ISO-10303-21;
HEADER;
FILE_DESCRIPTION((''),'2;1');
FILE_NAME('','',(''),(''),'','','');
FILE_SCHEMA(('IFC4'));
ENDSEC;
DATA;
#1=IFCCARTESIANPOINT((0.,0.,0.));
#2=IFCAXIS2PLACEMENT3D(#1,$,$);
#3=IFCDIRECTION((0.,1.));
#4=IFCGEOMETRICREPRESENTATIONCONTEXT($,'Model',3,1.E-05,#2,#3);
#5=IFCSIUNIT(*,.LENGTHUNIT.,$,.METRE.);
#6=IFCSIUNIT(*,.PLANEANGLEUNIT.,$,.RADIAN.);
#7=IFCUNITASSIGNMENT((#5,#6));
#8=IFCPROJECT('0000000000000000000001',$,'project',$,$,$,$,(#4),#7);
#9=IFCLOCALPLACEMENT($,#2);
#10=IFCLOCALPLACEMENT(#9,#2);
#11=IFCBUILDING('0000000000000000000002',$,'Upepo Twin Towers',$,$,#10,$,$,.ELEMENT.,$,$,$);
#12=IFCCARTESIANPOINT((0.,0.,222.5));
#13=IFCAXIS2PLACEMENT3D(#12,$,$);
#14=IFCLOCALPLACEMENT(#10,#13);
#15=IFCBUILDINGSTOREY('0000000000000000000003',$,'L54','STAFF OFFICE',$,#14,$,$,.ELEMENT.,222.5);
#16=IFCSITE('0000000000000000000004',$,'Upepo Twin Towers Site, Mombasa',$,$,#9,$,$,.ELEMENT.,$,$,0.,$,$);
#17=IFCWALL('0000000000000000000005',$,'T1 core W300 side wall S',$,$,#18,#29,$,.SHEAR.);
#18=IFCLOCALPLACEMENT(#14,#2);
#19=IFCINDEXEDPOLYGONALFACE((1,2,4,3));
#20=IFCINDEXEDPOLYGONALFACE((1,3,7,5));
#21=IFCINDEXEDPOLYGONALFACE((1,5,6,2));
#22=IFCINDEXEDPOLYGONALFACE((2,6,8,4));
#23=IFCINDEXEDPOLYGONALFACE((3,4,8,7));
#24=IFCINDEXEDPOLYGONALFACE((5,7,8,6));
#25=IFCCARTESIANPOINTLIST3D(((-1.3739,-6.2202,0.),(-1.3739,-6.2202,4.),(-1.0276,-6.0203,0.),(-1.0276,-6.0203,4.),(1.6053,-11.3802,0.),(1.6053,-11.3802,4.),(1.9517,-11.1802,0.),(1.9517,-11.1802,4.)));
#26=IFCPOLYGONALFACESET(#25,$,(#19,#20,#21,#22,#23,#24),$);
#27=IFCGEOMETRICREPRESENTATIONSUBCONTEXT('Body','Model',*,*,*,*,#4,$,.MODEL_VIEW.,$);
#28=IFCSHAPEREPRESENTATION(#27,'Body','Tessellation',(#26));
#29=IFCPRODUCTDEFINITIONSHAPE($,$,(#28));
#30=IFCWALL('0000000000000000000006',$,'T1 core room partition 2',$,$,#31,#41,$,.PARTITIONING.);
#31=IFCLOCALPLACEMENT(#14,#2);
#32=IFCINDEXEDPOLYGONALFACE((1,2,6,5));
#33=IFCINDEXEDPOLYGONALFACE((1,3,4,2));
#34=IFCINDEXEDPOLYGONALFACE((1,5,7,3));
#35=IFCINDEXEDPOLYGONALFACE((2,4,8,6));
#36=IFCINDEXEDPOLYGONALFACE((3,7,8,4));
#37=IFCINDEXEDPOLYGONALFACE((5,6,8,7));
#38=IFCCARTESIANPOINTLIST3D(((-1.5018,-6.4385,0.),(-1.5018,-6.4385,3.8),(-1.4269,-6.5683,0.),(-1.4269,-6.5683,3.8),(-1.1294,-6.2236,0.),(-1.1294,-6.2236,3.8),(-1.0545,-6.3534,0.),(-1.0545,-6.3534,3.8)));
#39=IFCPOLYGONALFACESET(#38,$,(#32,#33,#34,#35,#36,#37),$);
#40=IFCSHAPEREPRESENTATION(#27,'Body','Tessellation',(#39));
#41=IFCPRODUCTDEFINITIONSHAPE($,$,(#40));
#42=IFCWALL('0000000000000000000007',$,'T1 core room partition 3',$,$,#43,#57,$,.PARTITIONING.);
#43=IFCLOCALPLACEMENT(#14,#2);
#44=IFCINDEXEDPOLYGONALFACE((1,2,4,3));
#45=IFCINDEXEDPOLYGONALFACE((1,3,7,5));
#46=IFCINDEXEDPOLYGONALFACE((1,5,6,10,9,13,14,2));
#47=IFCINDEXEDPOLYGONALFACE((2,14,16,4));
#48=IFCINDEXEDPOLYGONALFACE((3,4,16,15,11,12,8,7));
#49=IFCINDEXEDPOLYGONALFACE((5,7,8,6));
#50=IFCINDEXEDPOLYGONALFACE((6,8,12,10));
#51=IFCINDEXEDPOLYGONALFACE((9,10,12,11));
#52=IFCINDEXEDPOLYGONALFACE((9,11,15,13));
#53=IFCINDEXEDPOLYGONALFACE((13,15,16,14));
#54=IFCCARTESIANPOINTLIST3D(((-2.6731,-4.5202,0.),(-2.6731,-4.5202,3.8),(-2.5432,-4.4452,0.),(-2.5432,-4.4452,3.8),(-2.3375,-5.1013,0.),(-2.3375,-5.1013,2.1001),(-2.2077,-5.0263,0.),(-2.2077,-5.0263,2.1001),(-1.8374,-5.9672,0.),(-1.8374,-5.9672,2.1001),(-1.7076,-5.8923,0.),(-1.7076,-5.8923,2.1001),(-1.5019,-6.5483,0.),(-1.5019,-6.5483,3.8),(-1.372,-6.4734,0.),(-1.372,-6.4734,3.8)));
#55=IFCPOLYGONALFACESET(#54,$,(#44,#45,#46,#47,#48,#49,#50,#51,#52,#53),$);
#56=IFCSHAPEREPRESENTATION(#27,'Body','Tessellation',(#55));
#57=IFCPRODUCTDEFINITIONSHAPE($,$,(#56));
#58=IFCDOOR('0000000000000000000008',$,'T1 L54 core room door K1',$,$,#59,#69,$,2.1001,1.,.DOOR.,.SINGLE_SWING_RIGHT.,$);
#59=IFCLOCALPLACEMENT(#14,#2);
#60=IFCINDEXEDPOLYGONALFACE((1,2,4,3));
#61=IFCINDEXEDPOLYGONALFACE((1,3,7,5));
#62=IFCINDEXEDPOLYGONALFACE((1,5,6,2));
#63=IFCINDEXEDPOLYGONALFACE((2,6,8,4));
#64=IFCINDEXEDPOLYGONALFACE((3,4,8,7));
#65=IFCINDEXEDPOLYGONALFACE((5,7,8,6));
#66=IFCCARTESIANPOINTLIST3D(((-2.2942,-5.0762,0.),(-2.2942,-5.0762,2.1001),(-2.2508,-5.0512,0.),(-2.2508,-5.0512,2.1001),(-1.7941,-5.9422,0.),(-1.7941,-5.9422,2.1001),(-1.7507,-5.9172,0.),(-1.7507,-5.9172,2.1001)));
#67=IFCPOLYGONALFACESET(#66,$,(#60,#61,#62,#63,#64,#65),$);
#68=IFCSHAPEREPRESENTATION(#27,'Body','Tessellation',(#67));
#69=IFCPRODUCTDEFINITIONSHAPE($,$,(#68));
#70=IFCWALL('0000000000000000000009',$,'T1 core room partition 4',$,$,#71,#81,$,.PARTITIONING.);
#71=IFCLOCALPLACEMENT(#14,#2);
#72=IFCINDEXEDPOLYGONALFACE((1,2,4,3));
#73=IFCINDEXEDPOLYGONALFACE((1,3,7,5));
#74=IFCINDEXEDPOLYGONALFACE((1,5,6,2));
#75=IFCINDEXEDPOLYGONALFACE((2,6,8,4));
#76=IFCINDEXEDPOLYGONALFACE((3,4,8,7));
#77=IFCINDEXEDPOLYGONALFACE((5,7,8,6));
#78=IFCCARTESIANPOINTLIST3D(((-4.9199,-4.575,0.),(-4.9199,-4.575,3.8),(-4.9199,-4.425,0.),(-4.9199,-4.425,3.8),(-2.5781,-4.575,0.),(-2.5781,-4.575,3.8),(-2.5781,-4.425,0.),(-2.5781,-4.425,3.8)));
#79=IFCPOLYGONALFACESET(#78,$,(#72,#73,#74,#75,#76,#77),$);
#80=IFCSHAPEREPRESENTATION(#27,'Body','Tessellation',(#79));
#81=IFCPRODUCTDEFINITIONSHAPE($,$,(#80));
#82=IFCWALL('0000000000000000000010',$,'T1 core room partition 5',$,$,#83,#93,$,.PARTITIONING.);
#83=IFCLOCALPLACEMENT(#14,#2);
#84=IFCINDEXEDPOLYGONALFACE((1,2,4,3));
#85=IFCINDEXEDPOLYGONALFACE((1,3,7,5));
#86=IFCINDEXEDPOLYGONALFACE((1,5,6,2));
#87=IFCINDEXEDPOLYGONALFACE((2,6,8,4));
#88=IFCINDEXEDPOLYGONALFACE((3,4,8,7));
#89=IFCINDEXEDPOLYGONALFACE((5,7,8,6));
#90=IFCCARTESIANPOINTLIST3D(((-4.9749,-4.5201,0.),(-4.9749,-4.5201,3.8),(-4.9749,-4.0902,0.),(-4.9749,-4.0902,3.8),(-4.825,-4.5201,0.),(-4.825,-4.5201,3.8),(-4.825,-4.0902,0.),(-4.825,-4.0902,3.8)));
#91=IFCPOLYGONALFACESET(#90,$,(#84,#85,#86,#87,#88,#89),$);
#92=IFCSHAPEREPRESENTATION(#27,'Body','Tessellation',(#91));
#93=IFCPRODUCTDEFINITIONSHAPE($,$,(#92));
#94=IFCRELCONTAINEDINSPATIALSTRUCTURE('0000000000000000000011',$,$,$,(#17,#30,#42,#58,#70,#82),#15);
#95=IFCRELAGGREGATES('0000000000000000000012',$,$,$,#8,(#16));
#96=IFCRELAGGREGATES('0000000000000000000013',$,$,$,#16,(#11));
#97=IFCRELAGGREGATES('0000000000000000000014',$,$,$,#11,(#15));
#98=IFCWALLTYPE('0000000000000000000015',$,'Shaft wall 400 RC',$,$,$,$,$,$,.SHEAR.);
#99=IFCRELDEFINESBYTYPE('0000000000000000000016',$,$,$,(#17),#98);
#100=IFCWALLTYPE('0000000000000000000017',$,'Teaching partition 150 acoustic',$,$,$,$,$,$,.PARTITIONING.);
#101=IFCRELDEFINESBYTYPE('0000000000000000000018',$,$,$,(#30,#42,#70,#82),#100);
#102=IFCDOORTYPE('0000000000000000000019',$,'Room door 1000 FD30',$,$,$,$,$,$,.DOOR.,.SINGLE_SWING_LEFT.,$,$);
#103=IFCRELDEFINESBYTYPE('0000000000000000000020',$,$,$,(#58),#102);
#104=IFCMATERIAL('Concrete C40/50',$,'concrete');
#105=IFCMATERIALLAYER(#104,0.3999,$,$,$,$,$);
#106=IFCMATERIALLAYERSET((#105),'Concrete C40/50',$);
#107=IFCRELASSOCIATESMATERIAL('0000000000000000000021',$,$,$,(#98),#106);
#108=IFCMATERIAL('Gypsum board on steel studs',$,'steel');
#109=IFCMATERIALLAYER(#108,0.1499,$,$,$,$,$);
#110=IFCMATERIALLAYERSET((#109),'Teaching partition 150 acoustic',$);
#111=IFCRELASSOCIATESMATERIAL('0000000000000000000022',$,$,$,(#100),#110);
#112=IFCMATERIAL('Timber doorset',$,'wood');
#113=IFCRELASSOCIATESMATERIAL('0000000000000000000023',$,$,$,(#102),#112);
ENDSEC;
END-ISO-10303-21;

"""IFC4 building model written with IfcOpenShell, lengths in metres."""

from ifc_helpers import new_model, si_unit, direction, frame, frame_2d, origin, place, context, subcontext, project, spatial, rectangle, extrude, material, layer, layer_set, type_object, element, fill, save


model = new_model("IFC4")

# Units and contexts
model_context = context("Model", 3, precision=1e-05, world=origin(), true_north=direction((0.0, 1.0)))
body_context = subcontext(model_context, "Body", "Model", "MODEL_VIEW")
ifc_project = project(units=[si_unit("LENGTHUNIT", "METRE"), si_unit("PLANEANGLEUNIT", "RADIAN")], contexts=[model_context])

# Site, building, storey
site_placement = place(None, origin())
site = spatial("IfcSite", under=ifc_project, at=site_placement, Name="Upepo Twin Towers Site, Mombasa", CompositionType="ELEMENT", RefElevation=0.0)
building_placement = place(site_placement, origin())
building = spatial("IfcBuilding", under=site, at=building_placement, Name="Upepo Twin Towers", CompositionType="ELEMENT")
storey_placement = place(building_placement, frame((0.0, 0.0, 222.5)))
storey = spatial("IfcBuildingStorey", under=building, at=storey_placement, Name="L54", Description="STAFF OFFICE", CompositionType="ELEMENT", Elevation=222.5)

# Walls
ifc_material_1 = material(Name="Concrete C40/50", Category="concrete")
ifc_layer_1 = layer(ifc_material_1, 0.3999)
ifc_layer_set_1 = layer_set([ifc_layer_1], Name="Concrete C40/50")
wall_type_1 = type_object("IfcWallType", Name="Shaft wall 400 RC", PredefinedType="SHEAR", material=ifc_layer_set_1)
wall_1_placement = place(storey_placement, frame((-1.2007, -6.1204, 0.0), z_axis=(0.0, 0.0, 1.0), x_axis=(0.500022, -0.866013, 0.0)))
element("IfcWall", 1, at=wall_1_placement, inside=storey, type_object=wall_type_1, Name="T1 core W300 side wall S", PredefinedType="SHEAR", context=body_context, shape_type="SweptSolid", body=[
    extrude(rectangle(XDim=5.9583, YDim=0.3999, at=frame_2d((2.979, 0.0))), origin(), (0.0, 0.0, 1.0), 4.0),
])
ifc_material_2 = material(Name="Gypsum board on steel studs", Category="steel")
ifc_layer_2 = layer(ifc_material_2, 0.1499)
ifc_layer_set_2 = layer_set([ifc_layer_2], Name="Teaching partition 150 acoustic")
wall_type_2 = type_object("IfcWallType", Name="Teaching partition 150 acoustic", PredefinedType="PARTITIONING", material=ifc_layer_set_2)
wall_2_placement = place(storey_placement, frame((-1.092, -6.2886, 0.0), z_axis=(0.0, 0.0, 1.0), x_axis=(-0.866138, -0.499804, 0.0)))
element("IfcWall", 2, at=wall_2_placement, inside=storey, type_object=wall_type_2, Name="T1 core room partition 2", PredefinedType="PARTITIONING", context=body_context, shape_type="SweptSolid", body=[
    extrude(rectangle(XDim=0.4299, YDim=0.1499, at=frame_2d((0.2148, 0.0))), origin(), (0.0, 0.0, 1.0), 3.8),
])

# Wall, opening, door
wall_3_placement = place(storey_placement, frame((-1.437, -6.5107, 0.0), z_axis=(0.0, 0.0, 1.0), x_axis=(-0.500074, 0.865982, 0.0)))
wall_3 = element("IfcWall", 3, at=wall_3_placement, inside=storey, type_object=wall_type_2, Name="T1 core room partition 3", PredefinedType="PARTITIONING", context=body_context, shape_type="SweptSolid", body=[
    extrude(rectangle(XDim=2.342, YDim=0.1499, at=frame_2d((1.1709, 0.0))), origin(), (0.0, 0.0, 1.0), 3.8),
])
opening_1_placement = place(wall_3_placement, frame((0.6709, 0.0, 0.0)))
opening_1 = element("IfcOpeningElement", 4, at=opening_1_placement, cuts=wall_3, PredefinedType="OPENING", context=body_context, shape_type="SweptSolid", body=[
    extrude(rectangle(XDim=1.0, YDim=2.1001, at=frame_2d((0.5, 1.05))), frame((0.0, 0.085, 0.0), z_axis=(0.0, -1.0, 0.0), x_axis=(1.0, 0.0, 0.0)), (0.0, 0.0, 1.0), 0.1699),
])
ifc_material_3 = material(Name="Timber doorset", Category="wood")
door_type_1 = type_object("IfcDoorType", Name="Room door 1000 FD30", OperationType="SINGLE_SWING_LEFT", PredefinedType="DOOR", material=ifc_material_3)
door_1_placement = place(opening_1_placement, origin())
door_1 = element("IfcDoor", 5, at=door_1_placement, inside=storey, type_object=door_type_1, Name="T1 L54 core room door K1", OperationType="SINGLE_SWING_RIGHT", OverallHeight=2.1001, OverallWidth=1.0, PredefinedType="DOOR", context=body_context, shape_type="SweptSolid", body=[
    extrude(rectangle(XDim=1.0, YDim=2.1001, at=frame_2d((0.5, 1.05))), frame((0.0, 0.0249, 0.0), z_axis=(0.0, -1.0, 0.0), x_axis=(1.0, 0.0, 0.0)), (0.0, 0.0, 1.0), 0.05),
])
fill(opening_1, door_1)

# Walls
wall_4_placement = place(storey_placement, frame((-2.5781, -4.5, 0.0), z_axis=(0.0, 0.0, 1.0), x_axis=(-1.0, 0.0, 0.0)))
element("IfcWall", 6, at=wall_4_placement, inside=storey, type_object=wall_type_2, Name="T1 core room partition 4", PredefinedType="PARTITIONING", context=body_context, shape_type="SweptSolid", body=[
    extrude(rectangle(XDim=2.3418, YDim=0.1499, at=frame_2d((1.1709, 0.0))), origin(), (0.0, 0.0, 1.0), 3.8),
])
wall_5_placement = place(storey_placement, frame((-4.8999, -4.52, 0.0), z_axis=(0.0, 0.0, 1.0), x_axis=(0.0, 1.0, 0.0)))
element("IfcWall", 7, at=wall_5_placement, inside=storey, type_object=wall_type_2, Name="T1 core room partition 5", PredefinedType="PARTITIONING", context=body_context, shape_type="SweptSolid", body=[
    extrude(rectangle(XDim=0.4299, YDim=0.1499, at=frame_2d((0.2148, 0.0))), origin(), (0.0, 0.0, 1.0), 3.8),
])

save(model, "model.ifc")
